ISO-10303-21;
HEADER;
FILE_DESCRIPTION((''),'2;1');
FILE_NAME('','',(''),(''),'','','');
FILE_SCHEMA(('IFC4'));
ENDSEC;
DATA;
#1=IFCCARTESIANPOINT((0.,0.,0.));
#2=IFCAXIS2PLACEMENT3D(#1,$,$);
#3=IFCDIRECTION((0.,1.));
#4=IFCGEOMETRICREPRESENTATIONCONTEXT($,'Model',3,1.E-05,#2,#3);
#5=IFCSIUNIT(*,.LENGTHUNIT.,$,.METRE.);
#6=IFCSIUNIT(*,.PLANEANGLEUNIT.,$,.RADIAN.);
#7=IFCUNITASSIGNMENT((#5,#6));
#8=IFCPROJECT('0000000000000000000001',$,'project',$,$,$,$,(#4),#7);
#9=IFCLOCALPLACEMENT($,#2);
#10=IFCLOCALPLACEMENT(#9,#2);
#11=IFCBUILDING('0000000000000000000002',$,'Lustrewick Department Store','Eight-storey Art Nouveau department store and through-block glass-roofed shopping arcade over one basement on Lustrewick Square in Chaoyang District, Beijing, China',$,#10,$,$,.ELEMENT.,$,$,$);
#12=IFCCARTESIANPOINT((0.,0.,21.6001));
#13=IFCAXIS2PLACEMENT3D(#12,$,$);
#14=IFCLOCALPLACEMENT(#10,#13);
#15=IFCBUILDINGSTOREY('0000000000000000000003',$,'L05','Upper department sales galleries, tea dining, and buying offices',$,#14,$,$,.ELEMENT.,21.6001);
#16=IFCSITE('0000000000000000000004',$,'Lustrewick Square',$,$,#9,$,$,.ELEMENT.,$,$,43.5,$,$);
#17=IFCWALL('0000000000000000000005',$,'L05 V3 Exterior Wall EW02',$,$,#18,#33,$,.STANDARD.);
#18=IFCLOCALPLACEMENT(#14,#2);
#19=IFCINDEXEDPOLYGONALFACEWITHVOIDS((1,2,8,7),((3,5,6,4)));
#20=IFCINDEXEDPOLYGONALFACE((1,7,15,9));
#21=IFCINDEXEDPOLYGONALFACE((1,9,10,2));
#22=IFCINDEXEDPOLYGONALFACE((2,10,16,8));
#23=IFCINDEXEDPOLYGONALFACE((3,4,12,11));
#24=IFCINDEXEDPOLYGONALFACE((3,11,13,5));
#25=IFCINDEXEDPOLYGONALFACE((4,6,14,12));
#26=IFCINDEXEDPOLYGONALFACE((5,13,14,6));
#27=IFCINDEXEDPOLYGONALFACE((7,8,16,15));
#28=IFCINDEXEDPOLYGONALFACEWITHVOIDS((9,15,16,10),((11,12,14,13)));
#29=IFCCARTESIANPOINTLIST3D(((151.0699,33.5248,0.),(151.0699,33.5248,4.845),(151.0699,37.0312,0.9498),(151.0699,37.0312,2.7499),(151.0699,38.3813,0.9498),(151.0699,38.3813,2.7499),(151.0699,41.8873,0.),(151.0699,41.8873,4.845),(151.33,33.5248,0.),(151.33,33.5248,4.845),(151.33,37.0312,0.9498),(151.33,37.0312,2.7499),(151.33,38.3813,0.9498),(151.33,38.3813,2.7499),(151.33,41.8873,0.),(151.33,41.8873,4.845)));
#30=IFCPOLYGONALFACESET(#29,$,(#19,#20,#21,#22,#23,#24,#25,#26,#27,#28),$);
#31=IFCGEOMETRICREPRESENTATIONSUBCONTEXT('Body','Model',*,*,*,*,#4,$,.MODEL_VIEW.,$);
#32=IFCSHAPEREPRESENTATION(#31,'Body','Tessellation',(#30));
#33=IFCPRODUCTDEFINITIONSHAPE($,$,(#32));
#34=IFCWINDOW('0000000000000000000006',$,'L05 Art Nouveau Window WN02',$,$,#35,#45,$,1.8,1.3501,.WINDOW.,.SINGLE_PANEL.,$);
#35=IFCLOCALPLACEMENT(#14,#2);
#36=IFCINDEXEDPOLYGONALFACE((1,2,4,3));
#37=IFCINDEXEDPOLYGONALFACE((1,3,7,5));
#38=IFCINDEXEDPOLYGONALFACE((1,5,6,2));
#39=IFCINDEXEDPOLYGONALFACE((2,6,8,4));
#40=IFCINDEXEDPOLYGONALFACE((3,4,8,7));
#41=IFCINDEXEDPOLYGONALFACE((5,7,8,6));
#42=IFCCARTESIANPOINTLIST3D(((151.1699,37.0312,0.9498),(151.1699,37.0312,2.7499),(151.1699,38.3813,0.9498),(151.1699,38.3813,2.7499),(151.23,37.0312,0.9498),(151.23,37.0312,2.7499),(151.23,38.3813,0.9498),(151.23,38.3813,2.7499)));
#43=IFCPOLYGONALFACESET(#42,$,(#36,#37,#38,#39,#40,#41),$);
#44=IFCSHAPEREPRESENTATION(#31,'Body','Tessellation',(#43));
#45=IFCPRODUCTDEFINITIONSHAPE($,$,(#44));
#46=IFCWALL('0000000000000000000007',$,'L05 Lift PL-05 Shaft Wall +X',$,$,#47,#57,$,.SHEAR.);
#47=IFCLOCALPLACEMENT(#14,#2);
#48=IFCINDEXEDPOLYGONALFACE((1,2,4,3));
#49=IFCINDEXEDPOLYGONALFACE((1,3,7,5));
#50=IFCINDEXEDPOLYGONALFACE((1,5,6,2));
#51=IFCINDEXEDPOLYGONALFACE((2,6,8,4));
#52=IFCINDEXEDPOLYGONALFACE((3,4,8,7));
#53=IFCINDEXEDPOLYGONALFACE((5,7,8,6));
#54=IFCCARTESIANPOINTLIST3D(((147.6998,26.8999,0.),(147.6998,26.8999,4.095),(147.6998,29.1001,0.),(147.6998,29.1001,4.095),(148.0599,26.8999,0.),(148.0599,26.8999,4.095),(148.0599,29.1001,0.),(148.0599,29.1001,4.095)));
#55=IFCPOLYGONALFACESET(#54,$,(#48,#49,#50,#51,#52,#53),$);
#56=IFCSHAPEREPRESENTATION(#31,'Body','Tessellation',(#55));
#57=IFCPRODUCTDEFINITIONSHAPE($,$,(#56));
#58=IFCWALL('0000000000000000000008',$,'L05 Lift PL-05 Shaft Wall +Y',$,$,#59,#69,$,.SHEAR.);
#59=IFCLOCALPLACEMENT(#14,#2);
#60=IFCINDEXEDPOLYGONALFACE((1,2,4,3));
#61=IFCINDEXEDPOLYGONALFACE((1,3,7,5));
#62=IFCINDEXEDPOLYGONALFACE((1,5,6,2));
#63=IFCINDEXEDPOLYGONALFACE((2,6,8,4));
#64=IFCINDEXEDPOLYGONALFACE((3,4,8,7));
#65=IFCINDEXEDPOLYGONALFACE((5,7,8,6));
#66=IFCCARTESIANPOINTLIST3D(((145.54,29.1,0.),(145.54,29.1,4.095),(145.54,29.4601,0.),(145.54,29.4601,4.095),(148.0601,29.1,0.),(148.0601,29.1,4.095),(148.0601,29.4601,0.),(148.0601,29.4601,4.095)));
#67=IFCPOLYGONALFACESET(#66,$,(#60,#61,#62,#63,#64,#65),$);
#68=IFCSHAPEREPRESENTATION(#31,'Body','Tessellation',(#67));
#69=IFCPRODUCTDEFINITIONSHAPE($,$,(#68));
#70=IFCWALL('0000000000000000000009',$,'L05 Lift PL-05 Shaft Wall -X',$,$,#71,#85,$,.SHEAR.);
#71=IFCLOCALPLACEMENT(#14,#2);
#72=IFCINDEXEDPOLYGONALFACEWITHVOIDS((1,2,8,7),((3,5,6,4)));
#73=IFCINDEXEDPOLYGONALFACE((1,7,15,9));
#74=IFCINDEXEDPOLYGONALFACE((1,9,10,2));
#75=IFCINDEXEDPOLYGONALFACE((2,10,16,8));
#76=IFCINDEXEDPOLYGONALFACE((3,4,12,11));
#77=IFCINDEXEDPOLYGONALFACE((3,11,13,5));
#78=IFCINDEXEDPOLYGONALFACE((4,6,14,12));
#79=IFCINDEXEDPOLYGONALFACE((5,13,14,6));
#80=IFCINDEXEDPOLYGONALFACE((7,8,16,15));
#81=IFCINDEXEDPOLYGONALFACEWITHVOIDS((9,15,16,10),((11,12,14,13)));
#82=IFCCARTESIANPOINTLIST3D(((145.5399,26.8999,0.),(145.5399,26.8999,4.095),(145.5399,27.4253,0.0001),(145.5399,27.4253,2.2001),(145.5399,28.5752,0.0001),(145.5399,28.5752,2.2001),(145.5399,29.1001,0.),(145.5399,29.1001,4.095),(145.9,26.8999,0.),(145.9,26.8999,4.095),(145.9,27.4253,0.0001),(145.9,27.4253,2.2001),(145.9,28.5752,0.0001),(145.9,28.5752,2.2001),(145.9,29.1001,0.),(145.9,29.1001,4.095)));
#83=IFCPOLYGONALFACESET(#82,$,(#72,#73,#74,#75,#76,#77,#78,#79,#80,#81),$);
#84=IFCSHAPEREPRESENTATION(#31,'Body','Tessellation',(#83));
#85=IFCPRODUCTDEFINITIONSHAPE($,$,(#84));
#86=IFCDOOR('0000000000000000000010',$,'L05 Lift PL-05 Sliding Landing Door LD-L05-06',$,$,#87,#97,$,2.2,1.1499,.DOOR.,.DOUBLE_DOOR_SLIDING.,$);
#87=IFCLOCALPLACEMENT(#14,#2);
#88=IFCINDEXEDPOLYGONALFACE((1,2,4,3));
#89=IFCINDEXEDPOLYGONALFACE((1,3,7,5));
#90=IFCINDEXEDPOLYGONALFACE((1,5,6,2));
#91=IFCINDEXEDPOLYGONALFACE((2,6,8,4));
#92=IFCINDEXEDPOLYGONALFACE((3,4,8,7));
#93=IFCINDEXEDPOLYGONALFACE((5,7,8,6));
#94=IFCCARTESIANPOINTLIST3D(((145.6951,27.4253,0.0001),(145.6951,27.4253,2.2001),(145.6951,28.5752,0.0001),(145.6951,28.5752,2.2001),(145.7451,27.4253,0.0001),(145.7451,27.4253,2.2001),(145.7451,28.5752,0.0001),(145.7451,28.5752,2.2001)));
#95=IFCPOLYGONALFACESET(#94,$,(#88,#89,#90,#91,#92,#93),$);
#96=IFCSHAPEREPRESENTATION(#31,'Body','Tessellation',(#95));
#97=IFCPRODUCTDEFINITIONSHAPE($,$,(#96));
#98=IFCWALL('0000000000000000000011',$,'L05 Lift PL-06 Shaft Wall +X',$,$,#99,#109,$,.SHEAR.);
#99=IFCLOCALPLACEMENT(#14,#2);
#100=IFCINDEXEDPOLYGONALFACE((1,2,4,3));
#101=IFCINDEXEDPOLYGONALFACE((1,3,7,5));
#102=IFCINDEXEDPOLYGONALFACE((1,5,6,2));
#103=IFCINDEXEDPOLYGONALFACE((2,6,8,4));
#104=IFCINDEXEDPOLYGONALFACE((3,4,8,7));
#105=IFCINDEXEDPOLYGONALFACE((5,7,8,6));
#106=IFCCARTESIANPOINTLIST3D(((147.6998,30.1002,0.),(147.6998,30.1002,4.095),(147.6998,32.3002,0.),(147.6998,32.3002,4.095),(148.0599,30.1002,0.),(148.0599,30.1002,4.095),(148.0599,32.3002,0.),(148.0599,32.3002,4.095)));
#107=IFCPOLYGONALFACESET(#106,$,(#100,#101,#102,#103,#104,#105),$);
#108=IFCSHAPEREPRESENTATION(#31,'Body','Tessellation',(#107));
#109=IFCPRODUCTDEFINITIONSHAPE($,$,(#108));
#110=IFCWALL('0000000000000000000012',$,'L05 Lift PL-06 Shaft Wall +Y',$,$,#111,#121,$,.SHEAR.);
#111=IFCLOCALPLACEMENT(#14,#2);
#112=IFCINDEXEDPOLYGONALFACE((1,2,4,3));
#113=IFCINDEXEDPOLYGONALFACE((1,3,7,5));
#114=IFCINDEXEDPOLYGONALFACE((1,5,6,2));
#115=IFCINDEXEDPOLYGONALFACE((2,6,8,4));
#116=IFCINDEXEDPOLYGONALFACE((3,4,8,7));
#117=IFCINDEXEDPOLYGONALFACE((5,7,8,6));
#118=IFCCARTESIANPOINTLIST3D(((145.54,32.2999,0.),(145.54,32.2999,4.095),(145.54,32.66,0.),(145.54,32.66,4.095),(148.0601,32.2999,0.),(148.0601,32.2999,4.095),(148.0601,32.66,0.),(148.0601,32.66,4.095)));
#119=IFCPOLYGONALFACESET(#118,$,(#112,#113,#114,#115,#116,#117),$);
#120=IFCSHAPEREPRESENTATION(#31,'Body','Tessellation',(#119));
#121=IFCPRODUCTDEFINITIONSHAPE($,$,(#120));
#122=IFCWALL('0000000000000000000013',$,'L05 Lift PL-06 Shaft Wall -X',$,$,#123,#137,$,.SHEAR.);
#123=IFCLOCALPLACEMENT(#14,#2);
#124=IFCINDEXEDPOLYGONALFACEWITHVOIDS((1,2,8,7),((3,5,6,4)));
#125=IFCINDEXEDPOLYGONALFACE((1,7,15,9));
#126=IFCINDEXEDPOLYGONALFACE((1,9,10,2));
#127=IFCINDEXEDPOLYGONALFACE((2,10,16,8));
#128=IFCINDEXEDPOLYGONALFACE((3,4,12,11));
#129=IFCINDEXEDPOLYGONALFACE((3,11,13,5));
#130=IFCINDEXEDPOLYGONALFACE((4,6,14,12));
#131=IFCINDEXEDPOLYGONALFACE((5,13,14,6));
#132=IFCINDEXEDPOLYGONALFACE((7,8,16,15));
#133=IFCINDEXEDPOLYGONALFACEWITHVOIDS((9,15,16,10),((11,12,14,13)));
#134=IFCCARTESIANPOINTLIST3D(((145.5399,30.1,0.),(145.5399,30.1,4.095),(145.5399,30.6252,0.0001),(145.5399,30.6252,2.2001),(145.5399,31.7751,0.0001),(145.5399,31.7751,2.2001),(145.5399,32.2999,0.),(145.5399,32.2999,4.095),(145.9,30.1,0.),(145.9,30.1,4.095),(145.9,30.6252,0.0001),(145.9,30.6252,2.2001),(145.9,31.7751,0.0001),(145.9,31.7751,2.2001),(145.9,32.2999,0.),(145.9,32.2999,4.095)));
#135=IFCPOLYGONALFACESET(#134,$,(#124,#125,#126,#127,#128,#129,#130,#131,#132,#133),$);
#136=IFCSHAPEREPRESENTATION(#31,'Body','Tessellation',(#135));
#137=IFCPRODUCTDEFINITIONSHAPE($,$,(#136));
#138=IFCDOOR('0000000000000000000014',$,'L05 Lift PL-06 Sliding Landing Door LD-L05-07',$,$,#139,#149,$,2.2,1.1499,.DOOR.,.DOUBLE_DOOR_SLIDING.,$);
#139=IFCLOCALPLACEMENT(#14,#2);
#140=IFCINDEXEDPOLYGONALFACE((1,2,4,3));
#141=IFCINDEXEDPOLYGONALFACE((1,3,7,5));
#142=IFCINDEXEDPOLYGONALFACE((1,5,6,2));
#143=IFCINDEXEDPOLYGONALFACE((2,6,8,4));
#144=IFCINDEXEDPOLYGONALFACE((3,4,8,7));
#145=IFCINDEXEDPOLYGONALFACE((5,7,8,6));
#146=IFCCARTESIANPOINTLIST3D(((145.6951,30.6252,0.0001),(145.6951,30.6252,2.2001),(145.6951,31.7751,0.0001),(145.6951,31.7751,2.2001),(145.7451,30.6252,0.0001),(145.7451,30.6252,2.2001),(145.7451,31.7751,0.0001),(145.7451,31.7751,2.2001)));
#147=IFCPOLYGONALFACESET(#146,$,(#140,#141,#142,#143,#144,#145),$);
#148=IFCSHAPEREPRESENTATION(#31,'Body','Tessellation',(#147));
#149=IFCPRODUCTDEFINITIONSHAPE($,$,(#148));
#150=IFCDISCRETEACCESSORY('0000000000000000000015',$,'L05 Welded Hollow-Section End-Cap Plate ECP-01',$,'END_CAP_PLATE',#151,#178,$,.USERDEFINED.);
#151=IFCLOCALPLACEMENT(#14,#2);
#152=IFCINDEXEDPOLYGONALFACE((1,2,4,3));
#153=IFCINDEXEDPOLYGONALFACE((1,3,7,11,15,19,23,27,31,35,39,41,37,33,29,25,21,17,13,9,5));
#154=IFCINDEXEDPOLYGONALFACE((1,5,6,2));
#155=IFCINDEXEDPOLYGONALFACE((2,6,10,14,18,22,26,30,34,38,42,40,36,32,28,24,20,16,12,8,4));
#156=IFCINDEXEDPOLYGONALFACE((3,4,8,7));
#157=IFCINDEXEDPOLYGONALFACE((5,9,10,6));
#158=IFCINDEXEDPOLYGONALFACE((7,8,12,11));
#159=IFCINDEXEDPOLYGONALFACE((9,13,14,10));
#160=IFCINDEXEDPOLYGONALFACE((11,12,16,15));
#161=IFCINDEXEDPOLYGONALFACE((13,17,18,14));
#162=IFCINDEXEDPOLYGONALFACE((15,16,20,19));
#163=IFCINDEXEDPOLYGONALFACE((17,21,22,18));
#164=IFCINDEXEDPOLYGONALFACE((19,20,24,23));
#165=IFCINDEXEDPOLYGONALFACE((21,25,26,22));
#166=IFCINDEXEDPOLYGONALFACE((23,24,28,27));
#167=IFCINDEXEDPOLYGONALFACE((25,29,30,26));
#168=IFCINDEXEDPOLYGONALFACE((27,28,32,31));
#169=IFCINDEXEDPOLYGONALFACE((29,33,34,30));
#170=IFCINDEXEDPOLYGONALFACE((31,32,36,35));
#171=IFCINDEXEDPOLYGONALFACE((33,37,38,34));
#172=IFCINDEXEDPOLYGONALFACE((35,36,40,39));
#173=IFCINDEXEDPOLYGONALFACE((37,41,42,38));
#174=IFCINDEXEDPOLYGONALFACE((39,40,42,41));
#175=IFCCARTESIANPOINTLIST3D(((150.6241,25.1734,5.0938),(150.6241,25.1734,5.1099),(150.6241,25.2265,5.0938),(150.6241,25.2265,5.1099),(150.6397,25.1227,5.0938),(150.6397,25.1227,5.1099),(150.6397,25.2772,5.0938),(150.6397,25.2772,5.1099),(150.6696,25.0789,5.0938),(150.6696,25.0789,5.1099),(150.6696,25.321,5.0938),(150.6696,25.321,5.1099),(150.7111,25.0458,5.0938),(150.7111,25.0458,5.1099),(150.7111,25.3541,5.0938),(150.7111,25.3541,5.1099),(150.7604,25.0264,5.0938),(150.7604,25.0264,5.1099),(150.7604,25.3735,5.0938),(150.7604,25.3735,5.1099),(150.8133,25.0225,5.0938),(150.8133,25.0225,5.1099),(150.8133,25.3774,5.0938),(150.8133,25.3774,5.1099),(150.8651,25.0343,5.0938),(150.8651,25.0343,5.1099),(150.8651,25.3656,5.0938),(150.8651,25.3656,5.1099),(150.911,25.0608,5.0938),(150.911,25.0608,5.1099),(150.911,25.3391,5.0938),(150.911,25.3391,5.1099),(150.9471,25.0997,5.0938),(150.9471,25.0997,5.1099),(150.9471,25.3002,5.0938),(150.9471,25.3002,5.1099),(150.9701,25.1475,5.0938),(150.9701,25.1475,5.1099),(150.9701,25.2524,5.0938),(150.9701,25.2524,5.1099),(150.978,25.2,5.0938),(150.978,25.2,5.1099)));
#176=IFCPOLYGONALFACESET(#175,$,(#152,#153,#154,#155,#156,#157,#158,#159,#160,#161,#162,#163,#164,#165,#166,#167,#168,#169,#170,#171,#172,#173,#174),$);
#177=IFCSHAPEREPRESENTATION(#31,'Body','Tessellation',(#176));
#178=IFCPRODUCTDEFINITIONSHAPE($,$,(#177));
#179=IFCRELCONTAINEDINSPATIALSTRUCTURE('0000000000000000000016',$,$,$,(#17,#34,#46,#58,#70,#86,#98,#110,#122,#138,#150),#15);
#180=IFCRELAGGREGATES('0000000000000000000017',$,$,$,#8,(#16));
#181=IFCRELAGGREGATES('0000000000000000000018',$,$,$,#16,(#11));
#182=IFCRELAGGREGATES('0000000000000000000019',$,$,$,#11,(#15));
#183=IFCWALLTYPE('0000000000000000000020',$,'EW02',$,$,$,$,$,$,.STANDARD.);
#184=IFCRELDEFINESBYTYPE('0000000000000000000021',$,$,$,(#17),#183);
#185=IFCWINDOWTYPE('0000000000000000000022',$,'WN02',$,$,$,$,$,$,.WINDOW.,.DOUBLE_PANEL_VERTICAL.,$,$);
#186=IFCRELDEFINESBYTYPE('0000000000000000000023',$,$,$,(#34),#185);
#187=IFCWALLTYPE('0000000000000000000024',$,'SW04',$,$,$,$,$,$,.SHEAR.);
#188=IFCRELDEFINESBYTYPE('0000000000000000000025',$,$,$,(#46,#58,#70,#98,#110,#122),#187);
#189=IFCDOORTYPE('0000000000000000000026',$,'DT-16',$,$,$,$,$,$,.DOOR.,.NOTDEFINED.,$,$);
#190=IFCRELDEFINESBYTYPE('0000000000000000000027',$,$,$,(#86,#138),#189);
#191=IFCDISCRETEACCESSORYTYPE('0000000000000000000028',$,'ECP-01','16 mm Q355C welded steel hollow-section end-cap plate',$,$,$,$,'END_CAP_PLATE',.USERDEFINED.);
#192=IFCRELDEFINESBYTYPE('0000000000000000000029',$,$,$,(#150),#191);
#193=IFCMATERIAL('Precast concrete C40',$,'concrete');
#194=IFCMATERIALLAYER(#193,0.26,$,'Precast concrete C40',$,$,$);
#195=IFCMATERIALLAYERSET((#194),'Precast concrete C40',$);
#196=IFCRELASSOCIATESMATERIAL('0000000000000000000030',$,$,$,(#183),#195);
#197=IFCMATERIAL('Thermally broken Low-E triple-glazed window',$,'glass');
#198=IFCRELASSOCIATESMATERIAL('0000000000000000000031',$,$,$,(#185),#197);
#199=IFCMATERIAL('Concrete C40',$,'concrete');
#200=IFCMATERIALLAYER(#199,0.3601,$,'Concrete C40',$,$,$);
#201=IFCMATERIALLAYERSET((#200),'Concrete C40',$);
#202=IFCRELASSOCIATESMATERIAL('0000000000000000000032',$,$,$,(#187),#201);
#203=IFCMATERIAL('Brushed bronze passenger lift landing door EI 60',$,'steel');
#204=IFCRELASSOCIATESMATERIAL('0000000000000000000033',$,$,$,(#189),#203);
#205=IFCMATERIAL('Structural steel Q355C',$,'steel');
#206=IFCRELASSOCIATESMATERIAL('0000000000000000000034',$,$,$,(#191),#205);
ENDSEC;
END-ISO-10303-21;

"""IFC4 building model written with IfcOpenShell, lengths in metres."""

from ifc_helpers import new_model, si_unit, direction, frame, frame_2d, origin, origin_2d, place, context, subcontext, project, spatial, rectangle, circle, extrude, material, layer, layer_set, type_object, element, fill, save


model = new_model("IFC4")

# Units and contexts
model_context = context("Model", 3, precision=1e-05, world=origin(), true_north=direction((0.0, 1.0)))
body_context = subcontext(model_context, "Body", "Model", "MODEL_VIEW")
ifc_project = project(units=[si_unit("LENGTHUNIT", "METRE"), si_unit("PLANEANGLEUNIT", "RADIAN")], contexts=[model_context])

# Site, building, storey
site_placement = place(None, origin())
site = spatial("IfcSite", under=ifc_project, at=site_placement, Name="Lustrewick Square", CompositionType="ELEMENT", RefElevation=43.5)
building_placement = place(site_placement, origin())
building = spatial("IfcBuilding", under=site, at=building_placement, Name="Lustrewick Department Store", Description="Eight-storey Art Nouveau department store and through-block glass-roofed shopping arcade over one basement on Lustrewick Square in Chaoyang District, Beijing, China", CompositionType="ELEMENT")
storey_placement = place(building_placement, frame((0.0, 0.0, 21.6001)))
storey = spatial("IfcBuildingStorey", under=building, at=storey_placement, Name="L05", Description="Upper department sales galleries, tea dining, and buying offices", CompositionType="ELEMENT", Elevation=21.6001)

# Shared definitions
ifc_material_1 = material(Name="Structural steel Q355C", Category="steel")

# Wall, opening, window
ifc_material_2 = material(Name="Precast concrete C40", Category="concrete")
ifc_material_3 = material(Name="Thermally broken Low-E triple-glazed window", Category="glass")
ifc_layer_1 = layer(ifc_material_2, 0.26, Name="Precast concrete C40")
ifc_layer_set_1 = layer_set([ifc_layer_1], Name="Precast concrete C40")
wall_type_1 = type_object("IfcWallType", Name="EW02", PredefinedType="STANDARD", material=ifc_layer_set_1)
wall_1_placement = place(storey_placement, frame((151.2, 33.5249, 0.0), z_axis=(0.0, 0.0, 1.0), x_axis=(0.0, 1.0, 0.0)))
wall_1 = element("IfcWall", 1, at=wall_1_placement, inside=storey, type_object=wall_type_1, Name="L05 V3 Exterior Wall EW02", PredefinedType="STANDARD", context=body_context, shape_type="SweptSolid", body=[
    extrude(rectangle(XDim=8.3625, YDim=0.26, at=frame_2d((4.1812, 0.0))), origin(), (0.0, 0.0, 1.0), 4.845),
])
opening_1_placement = place(wall_1_placement, frame((3.5063, 0.0, 0.95)))
opening_1 = element("IfcOpeningElement", 2, at=opening_1_placement, cuts=wall_1, PredefinedType="OPENING", context=body_context, shape_type="SweptSolid", body=[
    extrude(rectangle(XDim=1.3501, YDim=1.8, at=frame_2d((0.675, 0.8999))), frame((0.0, 0.1401, 0.0), z_axis=(0.0, -1.0, 0.0), x_axis=(1.0, 0.0, 0.0)), (0.0, 0.0, 1.0), 0.28),
])
window_type_1 = type_object("IfcWindowType", Name="WN02", PartitioningType="DOUBLE_PANEL_VERTICAL", PredefinedType="WINDOW", material=ifc_material_3)
window_1_placement = place(opening_1_placement, origin())
window_1 = element("IfcWindow", 3, at=window_1_placement, inside=storey, type_object=window_type_1, Name="L05 Art Nouveau Window WN02", OverallHeight=1.8, OverallWidth=1.3501, PartitioningType="SINGLE_PANEL", PredefinedType="WINDOW", context=body_context, shape_type="SweptSolid", body=[
    extrude(rectangle(XDim=1.3501, YDim=1.8, at=frame_2d((0.675, 0.8999))), frame((0.0, 0.03, 0.0), z_axis=(0.0, -1.0, 0.0), x_axis=(1.0, 0.0, 0.0)), (0.0, 0.0, 1.0), 0.0601),
])
fill(opening_1, window_1)

# Walls
ifc_material_4 = material(Name="Concrete C40", Category="concrete")
ifc_layer_2 = layer(ifc_material_4, 0.3601, Name="Concrete C40")
ifc_layer_set_2 = layer_set([ifc_layer_2], Name="Concrete C40")
wall_type_2 = type_object("IfcWallType", Name="SW04", PredefinedType="SHEAR", material=ifc_layer_set_2)
wall_2_placement = place(storey_placement, frame((147.8799, 26.8999, 0.0), z_axis=(0.0, 0.0, 1.0), x_axis=(0.0, 1.0, 0.0)))
element("IfcWall", 4, at=wall_2_placement, inside=storey, type_object=wall_type_2, Name="L05 Lift PL-05 Shaft Wall +X", PredefinedType="SHEAR", context=body_context, shape_type="SweptSolid", body=[
    extrude(rectangle(XDim=2.2002, YDim=0.3601, at=frame_2d((1.1001, 0.0))), origin(), (0.0, 0.0, 1.0), 4.095),
])
wall_3_placement = place(storey_placement, frame((148.0601, 29.28, 0.0), z_axis=(0.0, 0.0, 1.0), x_axis=(-1.0, 0.0, 0.0)))
element("IfcWall", 5, at=wall_3_placement, inside=storey, type_object=wall_type_2, Name="L05 Lift PL-05 Shaft Wall +Y", PredefinedType="SHEAR", context=body_context, shape_type="SweptSolid", body=[
    extrude(rectangle(XDim=2.52, YDim=0.3601, at=frame_2d((1.26, 0.0))), origin(), (0.0, 0.0, 1.0), 4.095),
])

# Wall, opening, door
wall_4_placement = place(storey_placement, frame((145.72, 29.1001, 0.0), z_axis=(0.0, 0.0, 1.0), x_axis=(0.0, -1.0, 0.0)))
wall_4 = element("IfcWall", 6, at=wall_4_placement, inside=storey, type_object=wall_type_2, Name="L05 Lift PL-05 Shaft Wall -X", PredefinedType="SHEAR", context=body_context, shape_type="SweptSolid", body=[
    extrude(rectangle(XDim=2.2002, YDim=0.3601, at=frame_2d((1.1001, 0.0))), origin(), (0.0, 0.0, 1.0), 4.095),
])
opening_2_placement = place(wall_4_placement, frame((0.5249, 0.0, 0.0)))
opening_2 = element("IfcOpeningElement", 7, at=opening_2_placement, cuts=wall_4, PredefinedType="OPENING", context=body_context, shape_type="SweptSolid", body=[
    extrude(rectangle(XDim=1.1499, YDim=2.2, at=frame_2d((0.575, 1.1001))), frame((0.0, 0.1899, 0.0), z_axis=(0.0, -1.0, 0.0), x_axis=(1.0, 0.0, 0.0)), (0.0, 0.0, 1.0), 0.3801),
])
ifc_material_5 = material(Name="Brushed bronze passenger lift landing door EI 60", Category="steel")
door_type = type_object("IfcDoorType", Name="DT-16", OperationType="NOTDEFINED", PredefinedType="DOOR", material=ifc_material_5)
door_1_placement = place(opening_2_placement, frame((1.1499, 0.0, 0.0), z_axis=(0.0, 0.0, 1.0), x_axis=(-1.0, 0.0, 0.0)))
door_1 = element("IfcDoor", 8, at=door_1_placement, inside=storey, type_object=door_type, Name="L05 Lift PL-05 Sliding Landing Door LD-L05-06", OperationType="DOUBLE_DOOR_SLIDING", OverallHeight=2.2, OverallWidth=1.1499, PredefinedType="DOOR", context=body_context, shape_type="SweptSolid", body=[
    extrude(rectangle(XDim=1.1499, YDim=2.2, at=frame_2d((0.575, 1.1001))), frame((0.0, 0.0249, 0.0), z_axis=(0.0, -1.0, 0.0), x_axis=(1.0, 0.0, 0.0)), (0.0, 0.0, 1.0), 0.05),
])
fill(opening_2, door_1)

# Walls
wall_5_placement = place(storey_placement, frame((147.8799, 30.1001, 0.0), z_axis=(0.0, 0.0, 1.0), x_axis=(0.0, 1.0, 0.0)))
element("IfcWall", 9, at=wall_5_placement, inside=storey, type_object=wall_type_2, Name="L05 Lift PL-06 Shaft Wall +X", PredefinedType="SHEAR", context=body_context, shape_type="SweptSolid", body=[
    extrude(rectangle(XDim=2.2, YDim=0.3601, at=frame_2d((1.1001, 0.0))), origin(), (0.0, 0.0, 1.0), 4.095),
])
wall_6_placement = place(storey_placement, frame((148.0601, 32.48, 0.0), z_axis=(0.0, 0.0, 1.0), x_axis=(-1.0, 0.0, 0.0)))
element("IfcWall", 10, at=wall_6_placement, inside=storey, type_object=wall_type_2, Name="L05 Lift PL-06 Shaft Wall +Y", PredefinedType="SHEAR", context=body_context, shape_type="SweptSolid", body=[
    extrude(rectangle(XDim=2.52, YDim=0.3601, at=frame_2d((1.26, 0.0))), origin(), (0.0, 0.0, 1.0), 4.095),
])

# Wall, opening, door
wall_7_placement = place(storey_placement, frame((145.72, 32.3, 0.0), z_axis=(0.0, 0.0, 1.0), x_axis=(0.0, -1.0, 0.0)))
wall_7 = element("IfcWall", 11, at=wall_7_placement, inside=storey, type_object=wall_type_2, Name="L05 Lift PL-06 Shaft Wall -X", PredefinedType="SHEAR", context=body_context, shape_type="SweptSolid", body=[
    extrude(rectangle(XDim=2.2, YDim=0.3601, at=frame_2d((1.1001, 0.0))), origin(), (0.0, 0.0, 1.0), 4.095),
])
opening_3_placement = place(wall_7_placement, frame((0.5249, 0.0, 0.0)))
opening_3 = element("IfcOpeningElement", 12, at=opening_3_placement, cuts=wall_7, PredefinedType="OPENING", context=body_context, shape_type="SweptSolid", body=[
    extrude(rectangle(XDim=1.1499, YDim=2.2, at=frame_2d((0.575, 1.1001))), frame((0.0, 0.1899, 0.0), z_axis=(0.0, -1.0, 0.0), x_axis=(1.0, 0.0, 0.0)), (0.0, 0.0, 1.0), 0.3801),
])
door_2_placement = place(opening_3_placement, frame((1.1499, 0.0, 0.0), z_axis=(0.0, 0.0, 1.0), x_axis=(-1.0, 0.0, 0.0)))
door_2 = element("IfcDoor", 13, at=door_2_placement, inside=storey, type_object=door_type, Name="L05 Lift PL-06 Sliding Landing Door LD-L05-07", OperationType="DOUBLE_DOOR_SLIDING", OverallHeight=2.2, OverallWidth=1.1499, PredefinedType="DOOR", context=body_context, shape_type="SweptSolid", body=[
    extrude(rectangle(XDim=1.1499, YDim=2.2, at=frame_2d((0.575, 1.1001))), frame((0.0, 0.0249, 0.0), z_axis=(0.0, -1.0, 0.0), x_axis=(1.0, 0.0, 0.0)), (0.0, 0.0, 1.0), 0.05),
])
fill(opening_3, door_2)

# Discrete accessory
discrete_accessory_type = type_object("IfcDiscreteAccessoryType", Name="ECP-01", Description="16 mm Q355C welded steel hollow-section end-cap plate", ElementType="END_CAP_PLATE", PredefinedType="USERDEFINED", material=ifc_material_1)
discrete_accessory_placement = place(storey_placement, frame((150.8, 25.2, 5.0938), z_axis=(0.0, 0.0, 1.0), x_axis=(1.0, 0.0, 0.0)))
element("IfcDiscreteAccessory", 14, at=discrete_accessory_placement, inside=storey, type_object=discrete_accessory_type, Name="L05 Welded Hollow-Section End-Cap Plate ECP-01", ObjectType="END_CAP_PLATE", PredefinedType="USERDEFINED", context=body_context, shape_type="SweptSolid", body=[
    extrude(circle(Radius=0.178, at=origin_2d()), origin(), (0.0, 0.0, 1.0), 0.0161),
])

save(model, "model.ifc")
